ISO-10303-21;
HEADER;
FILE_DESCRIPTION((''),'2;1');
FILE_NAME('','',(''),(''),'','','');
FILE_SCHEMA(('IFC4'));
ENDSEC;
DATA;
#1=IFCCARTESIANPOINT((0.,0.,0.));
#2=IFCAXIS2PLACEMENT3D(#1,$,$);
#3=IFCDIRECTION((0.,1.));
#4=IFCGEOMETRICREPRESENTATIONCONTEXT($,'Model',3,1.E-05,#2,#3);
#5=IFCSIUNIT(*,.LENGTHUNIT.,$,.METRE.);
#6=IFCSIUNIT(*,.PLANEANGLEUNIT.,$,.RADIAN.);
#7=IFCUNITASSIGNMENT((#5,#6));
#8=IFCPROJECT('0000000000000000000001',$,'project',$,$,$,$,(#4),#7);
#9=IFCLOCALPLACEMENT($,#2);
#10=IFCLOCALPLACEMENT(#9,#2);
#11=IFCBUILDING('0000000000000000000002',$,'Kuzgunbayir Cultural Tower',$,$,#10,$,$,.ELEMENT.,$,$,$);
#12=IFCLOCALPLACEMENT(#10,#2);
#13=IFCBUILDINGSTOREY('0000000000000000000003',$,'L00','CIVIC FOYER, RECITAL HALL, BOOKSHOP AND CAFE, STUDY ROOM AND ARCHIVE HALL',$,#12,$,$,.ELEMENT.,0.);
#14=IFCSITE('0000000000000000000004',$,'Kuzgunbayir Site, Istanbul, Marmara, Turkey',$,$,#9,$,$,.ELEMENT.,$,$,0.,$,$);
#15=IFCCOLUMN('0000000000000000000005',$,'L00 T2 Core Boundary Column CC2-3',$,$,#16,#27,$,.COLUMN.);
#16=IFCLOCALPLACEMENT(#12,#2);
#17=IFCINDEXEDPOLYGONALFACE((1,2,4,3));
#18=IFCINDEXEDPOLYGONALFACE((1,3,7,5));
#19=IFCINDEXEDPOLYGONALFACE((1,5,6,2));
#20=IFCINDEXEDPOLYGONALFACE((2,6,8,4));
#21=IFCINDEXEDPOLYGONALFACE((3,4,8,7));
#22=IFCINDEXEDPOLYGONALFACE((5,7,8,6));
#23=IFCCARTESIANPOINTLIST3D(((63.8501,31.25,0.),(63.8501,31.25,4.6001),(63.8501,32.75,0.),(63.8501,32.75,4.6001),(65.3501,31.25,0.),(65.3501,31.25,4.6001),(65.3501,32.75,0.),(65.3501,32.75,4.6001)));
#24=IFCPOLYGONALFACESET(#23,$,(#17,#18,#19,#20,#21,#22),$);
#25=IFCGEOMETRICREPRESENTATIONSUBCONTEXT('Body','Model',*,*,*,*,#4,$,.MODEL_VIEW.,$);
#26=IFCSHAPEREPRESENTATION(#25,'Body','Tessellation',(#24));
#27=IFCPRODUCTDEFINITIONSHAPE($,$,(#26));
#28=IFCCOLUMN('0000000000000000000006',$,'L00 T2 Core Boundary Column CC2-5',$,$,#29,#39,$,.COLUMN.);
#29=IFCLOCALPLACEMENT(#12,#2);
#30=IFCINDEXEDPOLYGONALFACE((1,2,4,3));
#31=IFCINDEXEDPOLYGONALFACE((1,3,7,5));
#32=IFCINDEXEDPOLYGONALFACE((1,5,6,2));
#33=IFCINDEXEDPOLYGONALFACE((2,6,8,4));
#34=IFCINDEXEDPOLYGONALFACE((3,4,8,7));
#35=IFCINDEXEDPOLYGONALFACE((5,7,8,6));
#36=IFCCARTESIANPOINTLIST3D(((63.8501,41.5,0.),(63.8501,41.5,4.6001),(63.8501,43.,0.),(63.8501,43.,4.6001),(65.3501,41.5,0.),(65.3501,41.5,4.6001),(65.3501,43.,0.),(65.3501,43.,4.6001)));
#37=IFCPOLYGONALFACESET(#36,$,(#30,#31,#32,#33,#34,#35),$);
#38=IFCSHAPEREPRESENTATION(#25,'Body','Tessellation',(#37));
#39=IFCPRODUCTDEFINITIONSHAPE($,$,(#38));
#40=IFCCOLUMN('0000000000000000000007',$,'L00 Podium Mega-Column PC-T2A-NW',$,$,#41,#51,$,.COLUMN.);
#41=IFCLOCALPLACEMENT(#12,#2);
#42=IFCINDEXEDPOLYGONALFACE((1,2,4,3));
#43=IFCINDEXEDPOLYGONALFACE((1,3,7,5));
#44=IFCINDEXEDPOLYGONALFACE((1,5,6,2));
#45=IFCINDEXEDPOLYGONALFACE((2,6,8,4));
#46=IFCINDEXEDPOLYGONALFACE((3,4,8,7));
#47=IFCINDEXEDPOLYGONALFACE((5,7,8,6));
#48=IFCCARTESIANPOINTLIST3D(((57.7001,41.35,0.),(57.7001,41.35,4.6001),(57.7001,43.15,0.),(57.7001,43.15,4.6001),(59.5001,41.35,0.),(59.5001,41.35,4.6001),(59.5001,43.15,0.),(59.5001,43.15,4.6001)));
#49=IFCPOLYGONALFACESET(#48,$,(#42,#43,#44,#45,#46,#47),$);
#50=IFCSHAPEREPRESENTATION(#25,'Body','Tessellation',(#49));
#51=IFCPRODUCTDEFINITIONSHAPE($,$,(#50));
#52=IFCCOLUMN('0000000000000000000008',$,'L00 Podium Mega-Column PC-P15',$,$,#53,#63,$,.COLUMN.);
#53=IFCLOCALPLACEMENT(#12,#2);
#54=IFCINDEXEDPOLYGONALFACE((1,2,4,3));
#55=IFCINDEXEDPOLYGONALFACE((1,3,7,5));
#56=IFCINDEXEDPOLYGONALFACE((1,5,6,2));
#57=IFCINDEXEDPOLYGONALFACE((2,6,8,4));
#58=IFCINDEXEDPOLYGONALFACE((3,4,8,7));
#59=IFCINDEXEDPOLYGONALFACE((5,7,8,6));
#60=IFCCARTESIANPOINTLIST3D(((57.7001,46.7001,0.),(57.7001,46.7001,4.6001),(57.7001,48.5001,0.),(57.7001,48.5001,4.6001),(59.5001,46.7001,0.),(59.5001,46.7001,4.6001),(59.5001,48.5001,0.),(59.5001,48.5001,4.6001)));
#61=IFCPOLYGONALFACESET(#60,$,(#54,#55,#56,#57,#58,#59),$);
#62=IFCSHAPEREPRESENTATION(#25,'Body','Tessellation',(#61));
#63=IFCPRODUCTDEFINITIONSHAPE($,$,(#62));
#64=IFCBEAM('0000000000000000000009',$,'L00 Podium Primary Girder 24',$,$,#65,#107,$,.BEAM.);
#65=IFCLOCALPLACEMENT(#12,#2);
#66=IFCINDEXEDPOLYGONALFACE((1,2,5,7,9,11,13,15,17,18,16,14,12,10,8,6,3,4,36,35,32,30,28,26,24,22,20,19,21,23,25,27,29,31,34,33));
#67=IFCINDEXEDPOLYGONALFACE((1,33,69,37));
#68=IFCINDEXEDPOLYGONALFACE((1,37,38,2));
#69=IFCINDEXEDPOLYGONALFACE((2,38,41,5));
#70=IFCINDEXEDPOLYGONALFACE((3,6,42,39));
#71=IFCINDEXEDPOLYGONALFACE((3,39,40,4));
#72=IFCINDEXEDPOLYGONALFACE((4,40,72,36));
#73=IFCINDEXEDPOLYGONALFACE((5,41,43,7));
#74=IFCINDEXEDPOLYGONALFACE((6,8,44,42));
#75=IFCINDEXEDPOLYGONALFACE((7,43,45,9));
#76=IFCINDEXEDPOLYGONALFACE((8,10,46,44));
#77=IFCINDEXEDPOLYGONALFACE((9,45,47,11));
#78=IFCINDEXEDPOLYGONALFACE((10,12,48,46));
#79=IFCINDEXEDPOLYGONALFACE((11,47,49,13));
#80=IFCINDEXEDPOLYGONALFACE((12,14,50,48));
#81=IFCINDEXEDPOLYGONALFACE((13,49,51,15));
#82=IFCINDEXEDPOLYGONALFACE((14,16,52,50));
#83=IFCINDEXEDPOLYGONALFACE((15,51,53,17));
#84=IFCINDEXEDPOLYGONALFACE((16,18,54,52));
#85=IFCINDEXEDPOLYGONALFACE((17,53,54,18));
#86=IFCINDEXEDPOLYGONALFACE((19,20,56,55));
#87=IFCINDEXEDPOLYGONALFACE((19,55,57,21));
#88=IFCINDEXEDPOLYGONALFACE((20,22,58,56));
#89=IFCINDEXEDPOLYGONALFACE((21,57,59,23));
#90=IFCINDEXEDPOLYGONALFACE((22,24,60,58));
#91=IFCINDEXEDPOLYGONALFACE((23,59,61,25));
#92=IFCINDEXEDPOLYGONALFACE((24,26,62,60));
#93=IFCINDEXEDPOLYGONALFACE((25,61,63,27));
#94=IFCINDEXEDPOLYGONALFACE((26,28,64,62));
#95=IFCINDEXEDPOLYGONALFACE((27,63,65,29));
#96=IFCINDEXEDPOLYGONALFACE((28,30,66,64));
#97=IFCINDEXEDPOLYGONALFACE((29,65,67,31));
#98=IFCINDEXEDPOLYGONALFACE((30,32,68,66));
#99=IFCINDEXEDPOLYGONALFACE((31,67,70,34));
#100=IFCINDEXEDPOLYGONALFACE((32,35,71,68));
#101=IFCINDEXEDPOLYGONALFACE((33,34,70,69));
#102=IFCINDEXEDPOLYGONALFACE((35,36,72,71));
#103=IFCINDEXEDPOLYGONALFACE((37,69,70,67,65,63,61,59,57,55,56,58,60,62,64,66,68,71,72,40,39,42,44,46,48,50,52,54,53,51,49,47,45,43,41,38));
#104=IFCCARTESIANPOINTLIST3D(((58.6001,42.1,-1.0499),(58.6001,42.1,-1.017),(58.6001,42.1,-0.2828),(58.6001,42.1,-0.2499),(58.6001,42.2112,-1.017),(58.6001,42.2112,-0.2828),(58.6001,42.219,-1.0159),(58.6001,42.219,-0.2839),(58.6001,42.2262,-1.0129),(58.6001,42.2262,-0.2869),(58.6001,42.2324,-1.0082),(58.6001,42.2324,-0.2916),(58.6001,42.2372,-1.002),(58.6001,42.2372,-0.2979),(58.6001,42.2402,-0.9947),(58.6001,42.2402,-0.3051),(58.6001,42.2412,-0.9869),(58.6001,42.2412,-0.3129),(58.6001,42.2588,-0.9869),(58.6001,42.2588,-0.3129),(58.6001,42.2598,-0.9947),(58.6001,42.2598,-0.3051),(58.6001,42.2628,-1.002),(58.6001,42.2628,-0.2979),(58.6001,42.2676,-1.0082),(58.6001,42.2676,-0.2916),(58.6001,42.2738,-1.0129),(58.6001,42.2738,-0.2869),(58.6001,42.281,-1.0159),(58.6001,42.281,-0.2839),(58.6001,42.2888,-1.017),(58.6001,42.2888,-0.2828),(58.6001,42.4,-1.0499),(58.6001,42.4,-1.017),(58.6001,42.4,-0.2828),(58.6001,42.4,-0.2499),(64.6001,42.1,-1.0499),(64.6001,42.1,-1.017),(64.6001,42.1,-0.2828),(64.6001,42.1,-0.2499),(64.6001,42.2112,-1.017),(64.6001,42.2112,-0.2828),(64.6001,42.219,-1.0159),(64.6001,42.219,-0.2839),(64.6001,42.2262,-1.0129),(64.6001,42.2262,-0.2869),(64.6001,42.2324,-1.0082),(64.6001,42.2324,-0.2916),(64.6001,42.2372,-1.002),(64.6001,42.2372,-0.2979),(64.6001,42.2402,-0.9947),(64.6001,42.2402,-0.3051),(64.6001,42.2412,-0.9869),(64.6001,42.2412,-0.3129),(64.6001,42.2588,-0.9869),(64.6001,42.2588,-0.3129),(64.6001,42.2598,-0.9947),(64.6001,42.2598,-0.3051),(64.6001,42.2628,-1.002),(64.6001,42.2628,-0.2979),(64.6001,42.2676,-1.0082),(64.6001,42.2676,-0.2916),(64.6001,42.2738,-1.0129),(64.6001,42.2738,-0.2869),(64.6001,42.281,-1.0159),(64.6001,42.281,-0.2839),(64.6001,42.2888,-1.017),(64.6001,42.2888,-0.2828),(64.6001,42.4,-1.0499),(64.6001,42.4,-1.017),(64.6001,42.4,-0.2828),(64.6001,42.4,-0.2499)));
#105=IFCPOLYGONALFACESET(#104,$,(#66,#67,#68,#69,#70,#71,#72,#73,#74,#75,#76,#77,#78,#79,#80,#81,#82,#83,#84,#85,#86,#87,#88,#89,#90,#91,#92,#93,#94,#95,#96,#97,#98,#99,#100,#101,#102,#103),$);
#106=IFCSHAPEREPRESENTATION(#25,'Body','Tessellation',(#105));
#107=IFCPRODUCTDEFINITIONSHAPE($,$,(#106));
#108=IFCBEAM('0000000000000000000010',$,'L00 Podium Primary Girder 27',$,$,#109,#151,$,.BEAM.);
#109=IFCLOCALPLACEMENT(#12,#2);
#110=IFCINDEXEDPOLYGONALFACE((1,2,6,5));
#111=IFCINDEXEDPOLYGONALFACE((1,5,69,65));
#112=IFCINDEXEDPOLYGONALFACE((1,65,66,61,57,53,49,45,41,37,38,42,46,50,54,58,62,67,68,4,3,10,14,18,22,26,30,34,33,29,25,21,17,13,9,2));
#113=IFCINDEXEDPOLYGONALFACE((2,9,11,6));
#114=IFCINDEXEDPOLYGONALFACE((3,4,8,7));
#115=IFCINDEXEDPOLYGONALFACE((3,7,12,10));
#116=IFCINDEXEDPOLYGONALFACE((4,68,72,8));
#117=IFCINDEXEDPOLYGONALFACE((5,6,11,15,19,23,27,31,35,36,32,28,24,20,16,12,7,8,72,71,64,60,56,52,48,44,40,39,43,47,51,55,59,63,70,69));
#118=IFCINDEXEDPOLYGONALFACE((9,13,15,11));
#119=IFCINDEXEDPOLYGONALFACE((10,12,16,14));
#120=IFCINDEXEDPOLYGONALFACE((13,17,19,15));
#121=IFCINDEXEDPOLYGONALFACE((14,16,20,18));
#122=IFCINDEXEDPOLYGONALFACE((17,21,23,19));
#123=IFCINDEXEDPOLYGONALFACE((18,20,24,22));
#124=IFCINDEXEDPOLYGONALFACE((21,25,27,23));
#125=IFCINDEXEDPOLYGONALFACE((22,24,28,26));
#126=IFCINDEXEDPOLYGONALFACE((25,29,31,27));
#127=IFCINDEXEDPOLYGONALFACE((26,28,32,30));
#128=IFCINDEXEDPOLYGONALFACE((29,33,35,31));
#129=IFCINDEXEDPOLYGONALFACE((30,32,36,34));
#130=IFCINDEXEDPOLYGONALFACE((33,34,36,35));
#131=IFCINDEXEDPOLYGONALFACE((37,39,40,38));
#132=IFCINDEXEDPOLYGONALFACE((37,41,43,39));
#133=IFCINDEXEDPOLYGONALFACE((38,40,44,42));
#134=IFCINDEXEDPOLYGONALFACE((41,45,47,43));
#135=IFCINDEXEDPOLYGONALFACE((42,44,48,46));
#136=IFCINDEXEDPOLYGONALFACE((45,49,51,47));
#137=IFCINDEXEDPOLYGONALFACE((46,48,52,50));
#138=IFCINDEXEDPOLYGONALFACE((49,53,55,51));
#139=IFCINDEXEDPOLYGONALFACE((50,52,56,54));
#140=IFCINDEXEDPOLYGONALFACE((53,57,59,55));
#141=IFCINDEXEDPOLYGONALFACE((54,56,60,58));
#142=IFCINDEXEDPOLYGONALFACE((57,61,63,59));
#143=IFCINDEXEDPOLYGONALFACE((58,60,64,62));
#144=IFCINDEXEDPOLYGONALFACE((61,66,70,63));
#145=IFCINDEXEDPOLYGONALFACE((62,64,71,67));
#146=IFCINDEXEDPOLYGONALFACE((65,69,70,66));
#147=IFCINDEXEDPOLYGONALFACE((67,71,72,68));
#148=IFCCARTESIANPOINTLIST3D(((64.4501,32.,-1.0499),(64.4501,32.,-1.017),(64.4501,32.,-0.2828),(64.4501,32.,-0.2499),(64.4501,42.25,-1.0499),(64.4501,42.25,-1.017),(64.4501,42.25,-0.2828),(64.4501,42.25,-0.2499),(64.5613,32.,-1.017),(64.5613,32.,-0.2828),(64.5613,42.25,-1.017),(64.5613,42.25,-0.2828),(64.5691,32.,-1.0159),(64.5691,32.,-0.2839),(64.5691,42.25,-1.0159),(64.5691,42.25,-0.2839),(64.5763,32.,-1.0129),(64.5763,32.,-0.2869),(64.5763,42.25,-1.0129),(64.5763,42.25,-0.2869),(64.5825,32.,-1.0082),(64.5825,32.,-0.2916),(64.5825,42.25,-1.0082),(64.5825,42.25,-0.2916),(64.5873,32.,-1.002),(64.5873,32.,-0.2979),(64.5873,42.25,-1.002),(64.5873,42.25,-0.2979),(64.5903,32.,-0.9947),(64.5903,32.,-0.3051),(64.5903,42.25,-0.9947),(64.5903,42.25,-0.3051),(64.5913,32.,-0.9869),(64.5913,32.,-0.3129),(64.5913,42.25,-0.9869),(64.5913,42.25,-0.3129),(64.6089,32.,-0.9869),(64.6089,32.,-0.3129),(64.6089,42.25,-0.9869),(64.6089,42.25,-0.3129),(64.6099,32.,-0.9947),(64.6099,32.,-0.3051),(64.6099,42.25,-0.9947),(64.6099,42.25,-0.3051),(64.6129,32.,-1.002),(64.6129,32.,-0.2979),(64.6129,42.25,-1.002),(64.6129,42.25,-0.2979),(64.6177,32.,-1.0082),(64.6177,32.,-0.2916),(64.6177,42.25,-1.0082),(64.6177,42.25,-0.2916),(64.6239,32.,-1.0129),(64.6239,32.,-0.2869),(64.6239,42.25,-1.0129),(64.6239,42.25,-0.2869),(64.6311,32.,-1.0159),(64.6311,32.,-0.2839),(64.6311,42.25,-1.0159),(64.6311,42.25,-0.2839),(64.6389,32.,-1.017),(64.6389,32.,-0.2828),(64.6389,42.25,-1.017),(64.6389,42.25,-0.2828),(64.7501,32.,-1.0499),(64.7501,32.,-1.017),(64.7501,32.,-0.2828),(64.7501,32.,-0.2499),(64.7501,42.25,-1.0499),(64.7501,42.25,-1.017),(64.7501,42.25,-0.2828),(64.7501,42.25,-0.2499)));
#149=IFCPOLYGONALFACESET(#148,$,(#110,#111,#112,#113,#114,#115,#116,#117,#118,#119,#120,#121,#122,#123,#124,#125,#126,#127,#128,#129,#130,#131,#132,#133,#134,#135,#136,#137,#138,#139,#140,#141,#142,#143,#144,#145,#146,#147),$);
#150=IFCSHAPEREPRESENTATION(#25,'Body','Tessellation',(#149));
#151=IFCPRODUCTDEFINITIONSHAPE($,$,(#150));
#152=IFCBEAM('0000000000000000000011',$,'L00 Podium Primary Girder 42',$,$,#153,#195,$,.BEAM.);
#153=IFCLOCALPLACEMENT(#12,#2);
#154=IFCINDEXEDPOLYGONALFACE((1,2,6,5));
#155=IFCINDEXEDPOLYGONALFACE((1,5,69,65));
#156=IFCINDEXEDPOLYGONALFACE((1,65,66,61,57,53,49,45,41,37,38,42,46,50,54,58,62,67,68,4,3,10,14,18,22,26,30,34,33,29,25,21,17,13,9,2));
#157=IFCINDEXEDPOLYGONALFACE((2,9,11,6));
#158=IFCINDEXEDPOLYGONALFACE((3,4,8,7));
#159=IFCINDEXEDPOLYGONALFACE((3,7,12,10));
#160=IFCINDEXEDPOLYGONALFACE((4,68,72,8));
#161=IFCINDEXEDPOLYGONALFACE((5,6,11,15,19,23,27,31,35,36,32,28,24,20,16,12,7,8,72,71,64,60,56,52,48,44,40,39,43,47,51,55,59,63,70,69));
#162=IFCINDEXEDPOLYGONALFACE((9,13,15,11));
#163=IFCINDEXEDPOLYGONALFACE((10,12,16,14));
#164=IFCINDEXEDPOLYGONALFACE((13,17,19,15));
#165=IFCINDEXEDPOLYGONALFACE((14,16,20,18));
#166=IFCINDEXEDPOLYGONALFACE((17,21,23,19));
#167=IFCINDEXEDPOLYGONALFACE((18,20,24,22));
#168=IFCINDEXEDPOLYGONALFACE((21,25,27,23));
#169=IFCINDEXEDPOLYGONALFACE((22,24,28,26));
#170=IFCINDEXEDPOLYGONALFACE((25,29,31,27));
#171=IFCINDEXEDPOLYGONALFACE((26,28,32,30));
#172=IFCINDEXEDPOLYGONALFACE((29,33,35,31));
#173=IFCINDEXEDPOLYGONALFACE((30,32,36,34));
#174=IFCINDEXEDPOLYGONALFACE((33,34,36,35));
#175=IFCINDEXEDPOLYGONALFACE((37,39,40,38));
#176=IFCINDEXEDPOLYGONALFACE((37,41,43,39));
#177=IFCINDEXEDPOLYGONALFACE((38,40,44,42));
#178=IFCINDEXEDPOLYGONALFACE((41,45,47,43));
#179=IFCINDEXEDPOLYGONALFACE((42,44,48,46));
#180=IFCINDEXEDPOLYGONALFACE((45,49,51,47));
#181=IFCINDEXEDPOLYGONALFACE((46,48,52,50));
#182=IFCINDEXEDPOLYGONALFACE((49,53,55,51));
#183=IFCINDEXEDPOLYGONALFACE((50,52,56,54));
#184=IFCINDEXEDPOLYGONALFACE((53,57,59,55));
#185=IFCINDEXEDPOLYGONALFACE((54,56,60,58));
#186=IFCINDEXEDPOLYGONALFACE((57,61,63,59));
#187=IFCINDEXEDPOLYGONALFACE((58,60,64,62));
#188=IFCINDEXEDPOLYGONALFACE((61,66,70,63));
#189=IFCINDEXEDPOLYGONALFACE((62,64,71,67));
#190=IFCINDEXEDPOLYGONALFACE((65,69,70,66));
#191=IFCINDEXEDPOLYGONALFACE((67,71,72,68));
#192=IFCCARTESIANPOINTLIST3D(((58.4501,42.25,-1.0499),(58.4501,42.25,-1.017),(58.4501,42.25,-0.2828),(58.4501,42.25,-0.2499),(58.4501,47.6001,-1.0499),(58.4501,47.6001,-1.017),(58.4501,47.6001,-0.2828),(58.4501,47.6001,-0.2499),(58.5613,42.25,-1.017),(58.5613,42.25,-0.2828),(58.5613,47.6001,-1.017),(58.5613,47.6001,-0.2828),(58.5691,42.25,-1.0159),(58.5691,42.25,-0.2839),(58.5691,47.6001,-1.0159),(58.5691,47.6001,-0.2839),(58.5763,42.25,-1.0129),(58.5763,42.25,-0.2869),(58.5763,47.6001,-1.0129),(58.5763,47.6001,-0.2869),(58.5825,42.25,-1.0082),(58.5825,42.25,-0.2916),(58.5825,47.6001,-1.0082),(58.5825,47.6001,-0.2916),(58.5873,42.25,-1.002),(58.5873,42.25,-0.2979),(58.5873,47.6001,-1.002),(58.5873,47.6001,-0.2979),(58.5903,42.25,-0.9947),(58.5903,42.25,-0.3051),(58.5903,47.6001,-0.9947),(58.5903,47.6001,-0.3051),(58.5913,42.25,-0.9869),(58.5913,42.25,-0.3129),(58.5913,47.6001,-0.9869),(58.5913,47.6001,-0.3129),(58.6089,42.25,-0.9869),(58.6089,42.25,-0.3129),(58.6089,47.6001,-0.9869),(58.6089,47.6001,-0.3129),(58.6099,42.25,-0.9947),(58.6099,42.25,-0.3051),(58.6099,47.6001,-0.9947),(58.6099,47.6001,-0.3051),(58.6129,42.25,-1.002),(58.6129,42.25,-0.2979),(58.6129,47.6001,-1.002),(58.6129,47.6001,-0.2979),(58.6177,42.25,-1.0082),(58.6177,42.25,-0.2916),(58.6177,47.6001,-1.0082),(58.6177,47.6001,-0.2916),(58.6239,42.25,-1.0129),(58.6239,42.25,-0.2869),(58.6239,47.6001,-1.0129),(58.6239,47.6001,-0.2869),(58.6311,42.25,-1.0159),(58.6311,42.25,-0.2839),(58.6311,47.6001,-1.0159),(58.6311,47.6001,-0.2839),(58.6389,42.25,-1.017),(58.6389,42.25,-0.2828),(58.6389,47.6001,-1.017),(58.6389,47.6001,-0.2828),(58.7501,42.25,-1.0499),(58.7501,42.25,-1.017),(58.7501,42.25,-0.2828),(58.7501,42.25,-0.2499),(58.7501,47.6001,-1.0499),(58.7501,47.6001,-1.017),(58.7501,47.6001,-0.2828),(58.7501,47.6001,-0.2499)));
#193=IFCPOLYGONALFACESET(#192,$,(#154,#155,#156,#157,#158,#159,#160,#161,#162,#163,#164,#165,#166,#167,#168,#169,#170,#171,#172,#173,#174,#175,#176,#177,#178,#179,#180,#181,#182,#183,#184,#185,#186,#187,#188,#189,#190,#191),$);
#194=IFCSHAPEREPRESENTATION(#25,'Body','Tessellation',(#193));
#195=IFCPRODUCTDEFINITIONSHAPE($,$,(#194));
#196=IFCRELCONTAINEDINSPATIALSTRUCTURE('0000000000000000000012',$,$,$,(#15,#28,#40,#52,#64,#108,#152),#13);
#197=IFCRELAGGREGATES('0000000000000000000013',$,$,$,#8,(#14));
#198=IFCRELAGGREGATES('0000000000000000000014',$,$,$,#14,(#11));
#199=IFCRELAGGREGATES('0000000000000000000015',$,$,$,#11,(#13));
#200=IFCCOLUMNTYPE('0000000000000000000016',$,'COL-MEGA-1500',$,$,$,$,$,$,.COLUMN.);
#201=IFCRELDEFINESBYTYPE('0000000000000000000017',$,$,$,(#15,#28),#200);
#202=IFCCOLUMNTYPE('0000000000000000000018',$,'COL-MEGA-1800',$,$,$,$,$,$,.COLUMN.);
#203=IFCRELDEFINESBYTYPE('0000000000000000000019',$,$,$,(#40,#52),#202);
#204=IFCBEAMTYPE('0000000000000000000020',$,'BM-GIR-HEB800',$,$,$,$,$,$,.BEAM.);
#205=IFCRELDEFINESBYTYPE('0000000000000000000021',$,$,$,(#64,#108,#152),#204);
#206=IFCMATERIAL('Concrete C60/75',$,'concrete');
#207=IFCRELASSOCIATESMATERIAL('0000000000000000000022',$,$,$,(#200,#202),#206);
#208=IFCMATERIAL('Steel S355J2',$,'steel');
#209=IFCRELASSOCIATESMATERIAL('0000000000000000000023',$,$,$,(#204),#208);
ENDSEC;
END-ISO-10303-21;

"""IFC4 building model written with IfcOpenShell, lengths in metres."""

from ifc_helpers import new_model, si_unit, direction, frame, origin, origin_2d, place, context, subcontext, project, spatial, rectangle, i_section, extrude, material, material_profile, profile_set, type_object, element, save


model = new_model("IFC4")

# Units and contexts
model_context = context("Model", 3, precision=1e-05, world=origin(), true_north=direction((0.0, 1.0)))
body_context = subcontext(model_context, "Body", "Model", "MODEL_VIEW")
ifc_project = project(units=[si_unit("LENGTHUNIT", "METRE"), si_unit("PLANEANGLEUNIT", "RADIAN")], contexts=[model_context])

# Site, building, storey
site_placement = place(None, origin())
site = spatial("IfcSite", under=ifc_project, at=site_placement, Name="Kuzgunbayir Site, Istanbul, Marmara, Turkey", CompositionType="ELEMENT", RefElevation=0.0)
building_placement = place(site_placement, origin())
building = spatial("IfcBuilding", under=site, at=building_placement, Name="Kuzgunbayir Cultural Tower", CompositionType="ELEMENT")
storey_placement = place(building_placement, origin())
storey = spatial("IfcBuildingStorey", under=building, at=storey_placement, Name="L00", Description="CIVIC FOYER, RECITAL HALL, BOOKSHOP AND CAFE, STUDY ROOM AND ARCHIVE HALL", CompositionType="ELEMENT", Elevation=0.0)

# Columns
ifc_material_1 = material(Name="Concrete C60/75", Category="concrete")
ifc_material_profile_1 = material_profile(ifc_material_1, rectangle(XDim=1.5, YDim=1.5, at=origin_2d()), Name="RC 1500x1500")
ifc_profile_set_1 = profile_set([ifc_material_profile_1], Name="Concrete C60/75")
column_type_1 = type_object("IfcColumnType", Name="COL-MEGA-1500", PredefinedType="COLUMN", material=ifc_profile_set_1)
for number, where, z_axis, x_axis, name in (
    (1, (64.6001, 32.0, 0.0), (0.0, 0.0, 1.0), (1.0, 0.0, 0.0), "L00 T2 Core Boundary Column CC2-3"),
    (2, (64.6001, 42.25, 0.0), (0.0, 0.0, 1.0), (1.0, 0.0, 0.0), "L00 T2 Core Boundary Column CC2-5"),
):
    element("IfcColumn", number, at=place(storey_placement, frame(where, z_axis=z_axis, x_axis=x_axis)), inside=storey, type_object=column_type_1, Name=name, PredefinedType="COLUMN", context=body_context, shape_type="SweptSolid", body=[
        extrude(rectangle(XDim=1.5, YDim=1.5, at=origin_2d()), origin(), (0.0, 0.0, 1.0), 4.6001),
    ])
ifc_material_profile_2 = material_profile(ifc_material_1, rectangle(XDim=1.8, YDim=1.8, at=origin_2d()), Name="RC 1800x1800")
ifc_profile_set_2 = profile_set([ifc_material_profile_2], Name="Concrete C60/75")
column_type_2 = type_object("IfcColumnType", Name="COL-MEGA-1800", PredefinedType="COLUMN", material=ifc_profile_set_2)
for number, where, z_axis, x_axis, name in (
    (3, (58.6001, 42.25, 0.0), (0.0, 0.0, 1.0), (1.0, 0.0, 0.0), "L00 Podium Mega-Column PC-T2A-NW"),
    (4, (58.6001, 47.6001, 0.0), (0.0, 0.0, 1.0), (1.0, 0.0, 0.0), "L00 Podium Mega-Column PC-P15"),
):
    element("IfcColumn", number, at=place(storey_placement, frame(where, z_axis=z_axis, x_axis=x_axis)), inside=storey, type_object=column_type_2, Name=name, PredefinedType="COLUMN", context=body_context, shape_type="SweptSolid", body=[
        extrude(rectangle(XDim=1.8, YDim=1.8, at=origin_2d()), origin(), (0.0, 0.0, 1.0), 4.6001),
    ])

# Beams
ifc_material_2 = material(Name="Steel S355J2", Category="steel")
ifc_material_profile_3 = material_profile(ifc_material_2, i_section(OverallWidth=0.3, OverallDepth=0.8, WebThickness=0.0176, FlangeThickness=0.033, FilletRadius=0.03, at=origin_2d()), Name="HEB 800")
ifc_profile_set_3 = profile_set([ifc_material_profile_3], Name="Steel S355J2")
beam_type = type_object("IfcBeamType", Name="BM-GIR-HEB800", PredefinedType="BEAM", material=ifc_profile_set_3)
beam_1_placement = place(storey_placement, frame((58.6001, 42.25, -0.6499), z_axis=(1.0, 0.0, 0.0), x_axis=(0.0, 1.0, 0.0)))
element("IfcBeam", 5, at=beam_1_placement, inside=storey, type_object=beam_type, Name="L00 Podium Primary Girder 24", PredefinedType="BEAM", context=body_context, shape_type="SweptSolid", body=[
    extrude(i_section(OverallWidth=0.3, OverallDepth=0.8, WebThickness=0.0176, FlangeThickness=0.033, FilletRadius=0.03, at=origin_2d()), origin(), (0.0, 0.0, 1.0), 6.0),
])
beam_2_placement = place(storey_placement, frame((64.6001, 32.0, -0.6499), z_axis=(0.0, 1.0, 0.0), x_axis=(-1.0, 0.0, 0.0)))
element("IfcBeam", 6, at=beam_2_placement, inside=storey, type_object=beam_type, Name="L00 Podium Primary Girder 27", PredefinedType="BEAM", context=body_context, shape_type="SweptSolid", body=[
    extrude(i_section(OverallWidth=0.3, OverallDepth=0.8, WebThickness=0.0176, FlangeThickness=0.033, FilletRadius=0.03, at=origin_2d()), origin(), (0.0, 0.0, 1.0), 10.25),
])
beam_3_placement = place(storey_placement, frame((58.6001, 42.25, -0.6499), z_axis=(0.0, 1.0, 0.0), x_axis=(-1.0, 0.0, 0.0)))
element("IfcBeam", 7, at=beam_3_placement, inside=storey, type_object=beam_type, Name="L00 Podium Primary Girder 42", PredefinedType="BEAM", context=body_context, shape_type="SweptSolid", body=[
    extrude(i_section(OverallWidth=0.3, OverallDepth=0.8, WebThickness=0.0176, FlangeThickness=0.033, FilletRadius=0.03, at=origin_2d()), origin(), (0.0, 0.0, 1.0), 5.3501),
])

save(model, "model.ifc")
